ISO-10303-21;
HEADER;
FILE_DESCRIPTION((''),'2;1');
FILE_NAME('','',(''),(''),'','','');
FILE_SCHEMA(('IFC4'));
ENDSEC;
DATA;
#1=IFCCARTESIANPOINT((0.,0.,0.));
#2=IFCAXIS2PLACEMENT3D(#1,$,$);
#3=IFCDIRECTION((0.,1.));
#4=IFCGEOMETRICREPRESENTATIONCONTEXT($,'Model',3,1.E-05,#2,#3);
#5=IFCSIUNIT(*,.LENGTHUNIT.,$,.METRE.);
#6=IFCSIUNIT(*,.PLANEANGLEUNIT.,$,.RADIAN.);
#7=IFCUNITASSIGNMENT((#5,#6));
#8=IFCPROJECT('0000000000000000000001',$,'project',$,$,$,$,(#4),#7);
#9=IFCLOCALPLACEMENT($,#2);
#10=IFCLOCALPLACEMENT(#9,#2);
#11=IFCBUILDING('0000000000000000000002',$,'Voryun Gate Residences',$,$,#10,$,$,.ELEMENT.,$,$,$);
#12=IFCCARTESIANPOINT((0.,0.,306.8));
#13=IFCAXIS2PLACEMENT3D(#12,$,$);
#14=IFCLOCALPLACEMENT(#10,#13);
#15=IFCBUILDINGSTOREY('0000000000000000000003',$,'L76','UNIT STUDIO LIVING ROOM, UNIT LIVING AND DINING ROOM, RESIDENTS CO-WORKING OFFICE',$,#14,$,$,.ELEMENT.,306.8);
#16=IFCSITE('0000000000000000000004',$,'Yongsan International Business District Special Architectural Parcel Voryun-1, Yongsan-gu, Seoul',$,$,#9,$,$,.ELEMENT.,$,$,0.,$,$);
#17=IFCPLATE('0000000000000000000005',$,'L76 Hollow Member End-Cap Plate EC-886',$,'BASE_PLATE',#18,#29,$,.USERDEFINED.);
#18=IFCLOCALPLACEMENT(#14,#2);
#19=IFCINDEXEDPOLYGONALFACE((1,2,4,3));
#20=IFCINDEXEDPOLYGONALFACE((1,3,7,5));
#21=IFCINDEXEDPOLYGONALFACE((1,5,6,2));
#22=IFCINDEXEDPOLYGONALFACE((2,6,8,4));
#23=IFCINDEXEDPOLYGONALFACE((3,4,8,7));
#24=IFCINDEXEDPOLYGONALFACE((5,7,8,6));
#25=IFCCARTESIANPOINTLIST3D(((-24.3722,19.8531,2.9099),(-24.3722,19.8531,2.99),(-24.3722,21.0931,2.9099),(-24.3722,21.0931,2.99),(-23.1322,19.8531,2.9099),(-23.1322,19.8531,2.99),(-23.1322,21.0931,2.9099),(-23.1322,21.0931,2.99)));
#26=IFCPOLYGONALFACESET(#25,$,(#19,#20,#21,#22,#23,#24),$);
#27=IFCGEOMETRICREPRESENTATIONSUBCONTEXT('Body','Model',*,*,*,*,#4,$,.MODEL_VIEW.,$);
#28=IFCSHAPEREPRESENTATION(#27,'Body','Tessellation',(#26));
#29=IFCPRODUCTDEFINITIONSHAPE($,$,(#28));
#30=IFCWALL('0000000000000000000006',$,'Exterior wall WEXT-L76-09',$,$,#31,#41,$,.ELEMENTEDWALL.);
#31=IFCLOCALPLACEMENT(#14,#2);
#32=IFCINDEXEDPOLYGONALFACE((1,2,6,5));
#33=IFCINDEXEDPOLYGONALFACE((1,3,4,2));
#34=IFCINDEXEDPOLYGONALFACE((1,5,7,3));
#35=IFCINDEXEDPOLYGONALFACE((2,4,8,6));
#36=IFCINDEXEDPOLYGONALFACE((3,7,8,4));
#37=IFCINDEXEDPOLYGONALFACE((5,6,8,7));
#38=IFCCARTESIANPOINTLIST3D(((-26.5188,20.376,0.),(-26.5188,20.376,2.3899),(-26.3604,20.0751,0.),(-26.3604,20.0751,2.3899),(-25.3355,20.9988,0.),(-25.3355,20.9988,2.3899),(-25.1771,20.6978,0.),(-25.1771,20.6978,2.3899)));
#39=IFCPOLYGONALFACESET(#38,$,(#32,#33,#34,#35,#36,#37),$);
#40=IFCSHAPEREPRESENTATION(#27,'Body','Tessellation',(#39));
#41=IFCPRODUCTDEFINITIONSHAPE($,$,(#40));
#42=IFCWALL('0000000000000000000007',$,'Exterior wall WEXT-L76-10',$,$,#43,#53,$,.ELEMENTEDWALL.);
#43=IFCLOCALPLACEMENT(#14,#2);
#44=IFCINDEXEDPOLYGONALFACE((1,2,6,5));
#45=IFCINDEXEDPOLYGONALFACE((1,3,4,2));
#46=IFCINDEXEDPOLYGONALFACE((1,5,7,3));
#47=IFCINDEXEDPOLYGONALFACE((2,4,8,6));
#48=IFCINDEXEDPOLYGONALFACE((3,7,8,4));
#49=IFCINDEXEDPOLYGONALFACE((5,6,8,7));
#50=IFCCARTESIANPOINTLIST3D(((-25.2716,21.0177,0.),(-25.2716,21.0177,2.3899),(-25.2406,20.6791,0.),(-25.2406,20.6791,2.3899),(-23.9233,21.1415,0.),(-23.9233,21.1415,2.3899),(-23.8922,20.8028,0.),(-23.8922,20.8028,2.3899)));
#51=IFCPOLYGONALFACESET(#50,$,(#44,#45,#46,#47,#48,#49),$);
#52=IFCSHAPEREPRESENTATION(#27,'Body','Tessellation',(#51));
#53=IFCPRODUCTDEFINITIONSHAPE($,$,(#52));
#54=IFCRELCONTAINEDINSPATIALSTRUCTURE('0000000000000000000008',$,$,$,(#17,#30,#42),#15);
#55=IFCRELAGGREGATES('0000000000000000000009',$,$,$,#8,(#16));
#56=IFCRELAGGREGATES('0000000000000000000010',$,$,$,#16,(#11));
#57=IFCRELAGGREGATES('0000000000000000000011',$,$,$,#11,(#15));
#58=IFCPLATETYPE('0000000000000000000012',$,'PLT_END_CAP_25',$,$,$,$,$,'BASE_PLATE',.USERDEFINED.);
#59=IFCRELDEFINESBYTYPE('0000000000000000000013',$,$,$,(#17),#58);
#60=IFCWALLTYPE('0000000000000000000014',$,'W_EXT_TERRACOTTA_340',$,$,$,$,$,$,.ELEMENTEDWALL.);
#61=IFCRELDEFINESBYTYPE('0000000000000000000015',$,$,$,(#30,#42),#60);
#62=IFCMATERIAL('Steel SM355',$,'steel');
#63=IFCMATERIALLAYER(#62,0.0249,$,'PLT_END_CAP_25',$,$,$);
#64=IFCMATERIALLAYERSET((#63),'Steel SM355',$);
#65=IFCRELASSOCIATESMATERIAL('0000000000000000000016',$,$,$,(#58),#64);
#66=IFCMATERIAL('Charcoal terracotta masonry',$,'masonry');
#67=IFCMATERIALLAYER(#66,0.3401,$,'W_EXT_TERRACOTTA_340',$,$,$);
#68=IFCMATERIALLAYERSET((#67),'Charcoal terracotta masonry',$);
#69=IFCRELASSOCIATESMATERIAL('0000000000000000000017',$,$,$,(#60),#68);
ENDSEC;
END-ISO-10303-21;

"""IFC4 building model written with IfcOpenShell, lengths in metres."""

from ifc_helpers import new_model, si_unit, direction, frame, frame_2d, origin, origin_2d, place, context, subcontext, project, spatial, rectangle, extrude, material, layer, layer_set, type_object, element, save


model = new_model("IFC4")

# Units and contexts
model_context = context("Model", 3, precision=1e-05, world=origin(), true_north=direction((0.0, 1.0)))
body_context = subcontext(model_context, "Body", "Model", "MODEL_VIEW")
ifc_project = project(units=[si_unit("LENGTHUNIT", "METRE"), si_unit("PLANEANGLEUNIT", "RADIAN")], contexts=[model_context])

# Site, building, storey
site_placement = place(None, origin())
site = spatial("IfcSite", under=ifc_project, at=site_placement, Name="Yongsan International Business District Special Architectural Parcel Voryun-1, Yongsan-gu, Seoul", CompositionType="ELEMENT", RefElevation=0.0)
building_placement = place(site_placement, origin())
building = spatial("IfcBuilding", under=site, at=building_placement, Name="Voryun Gate Residences", CompositionType="ELEMENT")
storey_placement = place(building_placement, frame((0.0, 0.0, 306.8)))
storey = spatial("IfcBuildingStorey", under=building, at=storey_placement, Name="L76", Description="UNIT STUDIO LIVING ROOM, UNIT LIVING AND DINING ROOM, RESIDENTS CO-WORKING OFFICE", CompositionType="ELEMENT", Elevation=306.8)

# Plate
ifc_material_1 = material(Name="Steel SM355", Category="steel")
ifc_layer_1 = layer(ifc_material_1, 0.0249, Name="PLT_END_CAP_25")
ifc_layer_set_1 = layer_set([ifc_layer_1], Name="Steel SM355")
plate_type = type_object("IfcPlateType", Name="PLT_END_CAP_25", ElementType="BASE_PLATE", PredefinedType="USERDEFINED", material=ifc_layer_set_1)
for number, where, z_axis, x_axis, name in (
    (1, (-23.7522, 20.4731, 2.9099), (0.0, 0.0, 1.0), (1.0, 0.0, 0.0), "L76 Hollow Member End-Cap Plate EC-886"),
):
    element("IfcPlate", number, at=place(storey_placement, frame(where, z_axis=z_axis, x_axis=x_axis)), inside=storey, type_object=plate_type, Name=name, ObjectType="BASE_PLATE", PredefinedType="USERDEFINED", context=body_context, shape_type="SweptSolid", body=[
        extrude(rectangle(XDim=1.24, YDim=1.24, at=origin_2d()), origin(), (0.0, 0.0, 1.0), 0.0801),
    ])

# Walls
ifc_material_2 = material(Name="Charcoal terracotta masonry", Category="masonry")
ifc_layer_2 = layer(ifc_material_2, 0.3401, Name="W_EXT_TERRACOTTA_340")
ifc_layer_set_2 = layer_set([ifc_layer_2], Name="Charcoal terracotta masonry")
wall_type = type_object("IfcWallType", Name="W_EXT_TERRACOTTA_340", PredefinedType="ELEMENTEDWALL", material=ifc_layer_set_2)
wall_1_placement = place(storey_placement, frame((-26.4395, 20.2256, 0.0), z_axis=(0.0, 0.0, 1.0), x_axis=(0.884922, 0.465739, 0.0)))
element("IfcWall", 2, at=wall_1_placement, inside=storey, type_object=wall_type, Name="Exterior wall WEXT-L76-09", PredefinedType="ELEMENTEDWALL", context=body_context, shape_type="SweptSolid", body=[
    extrude(rectangle(XDim=1.3372, YDim=0.3401, at=frame_2d((0.6685, 0.0))), origin(), (0.0, 0.0, 1.0), 2.3899),
])
wall_2_placement = place(storey_placement, frame((-25.2561, 20.8484, 0.0), z_axis=(0.0, 0.0, 1.0), x_axis=(0.995813, 0.091414, 0.0)))
element("IfcWall", 3, at=wall_2_placement, inside=storey, type_object=wall_type, Name="Exterior wall WEXT-L76-10", PredefinedType="ELEMENTEDWALL", context=body_context, shape_type="SweptSolid", body=[
    extrude(rectangle(XDim=1.354, YDim=0.3401, at=frame_2d((0.677, 0.0))), origin(), (0.0, 0.0, 1.0), 2.3899),
])

save(model, "model.ifc")
